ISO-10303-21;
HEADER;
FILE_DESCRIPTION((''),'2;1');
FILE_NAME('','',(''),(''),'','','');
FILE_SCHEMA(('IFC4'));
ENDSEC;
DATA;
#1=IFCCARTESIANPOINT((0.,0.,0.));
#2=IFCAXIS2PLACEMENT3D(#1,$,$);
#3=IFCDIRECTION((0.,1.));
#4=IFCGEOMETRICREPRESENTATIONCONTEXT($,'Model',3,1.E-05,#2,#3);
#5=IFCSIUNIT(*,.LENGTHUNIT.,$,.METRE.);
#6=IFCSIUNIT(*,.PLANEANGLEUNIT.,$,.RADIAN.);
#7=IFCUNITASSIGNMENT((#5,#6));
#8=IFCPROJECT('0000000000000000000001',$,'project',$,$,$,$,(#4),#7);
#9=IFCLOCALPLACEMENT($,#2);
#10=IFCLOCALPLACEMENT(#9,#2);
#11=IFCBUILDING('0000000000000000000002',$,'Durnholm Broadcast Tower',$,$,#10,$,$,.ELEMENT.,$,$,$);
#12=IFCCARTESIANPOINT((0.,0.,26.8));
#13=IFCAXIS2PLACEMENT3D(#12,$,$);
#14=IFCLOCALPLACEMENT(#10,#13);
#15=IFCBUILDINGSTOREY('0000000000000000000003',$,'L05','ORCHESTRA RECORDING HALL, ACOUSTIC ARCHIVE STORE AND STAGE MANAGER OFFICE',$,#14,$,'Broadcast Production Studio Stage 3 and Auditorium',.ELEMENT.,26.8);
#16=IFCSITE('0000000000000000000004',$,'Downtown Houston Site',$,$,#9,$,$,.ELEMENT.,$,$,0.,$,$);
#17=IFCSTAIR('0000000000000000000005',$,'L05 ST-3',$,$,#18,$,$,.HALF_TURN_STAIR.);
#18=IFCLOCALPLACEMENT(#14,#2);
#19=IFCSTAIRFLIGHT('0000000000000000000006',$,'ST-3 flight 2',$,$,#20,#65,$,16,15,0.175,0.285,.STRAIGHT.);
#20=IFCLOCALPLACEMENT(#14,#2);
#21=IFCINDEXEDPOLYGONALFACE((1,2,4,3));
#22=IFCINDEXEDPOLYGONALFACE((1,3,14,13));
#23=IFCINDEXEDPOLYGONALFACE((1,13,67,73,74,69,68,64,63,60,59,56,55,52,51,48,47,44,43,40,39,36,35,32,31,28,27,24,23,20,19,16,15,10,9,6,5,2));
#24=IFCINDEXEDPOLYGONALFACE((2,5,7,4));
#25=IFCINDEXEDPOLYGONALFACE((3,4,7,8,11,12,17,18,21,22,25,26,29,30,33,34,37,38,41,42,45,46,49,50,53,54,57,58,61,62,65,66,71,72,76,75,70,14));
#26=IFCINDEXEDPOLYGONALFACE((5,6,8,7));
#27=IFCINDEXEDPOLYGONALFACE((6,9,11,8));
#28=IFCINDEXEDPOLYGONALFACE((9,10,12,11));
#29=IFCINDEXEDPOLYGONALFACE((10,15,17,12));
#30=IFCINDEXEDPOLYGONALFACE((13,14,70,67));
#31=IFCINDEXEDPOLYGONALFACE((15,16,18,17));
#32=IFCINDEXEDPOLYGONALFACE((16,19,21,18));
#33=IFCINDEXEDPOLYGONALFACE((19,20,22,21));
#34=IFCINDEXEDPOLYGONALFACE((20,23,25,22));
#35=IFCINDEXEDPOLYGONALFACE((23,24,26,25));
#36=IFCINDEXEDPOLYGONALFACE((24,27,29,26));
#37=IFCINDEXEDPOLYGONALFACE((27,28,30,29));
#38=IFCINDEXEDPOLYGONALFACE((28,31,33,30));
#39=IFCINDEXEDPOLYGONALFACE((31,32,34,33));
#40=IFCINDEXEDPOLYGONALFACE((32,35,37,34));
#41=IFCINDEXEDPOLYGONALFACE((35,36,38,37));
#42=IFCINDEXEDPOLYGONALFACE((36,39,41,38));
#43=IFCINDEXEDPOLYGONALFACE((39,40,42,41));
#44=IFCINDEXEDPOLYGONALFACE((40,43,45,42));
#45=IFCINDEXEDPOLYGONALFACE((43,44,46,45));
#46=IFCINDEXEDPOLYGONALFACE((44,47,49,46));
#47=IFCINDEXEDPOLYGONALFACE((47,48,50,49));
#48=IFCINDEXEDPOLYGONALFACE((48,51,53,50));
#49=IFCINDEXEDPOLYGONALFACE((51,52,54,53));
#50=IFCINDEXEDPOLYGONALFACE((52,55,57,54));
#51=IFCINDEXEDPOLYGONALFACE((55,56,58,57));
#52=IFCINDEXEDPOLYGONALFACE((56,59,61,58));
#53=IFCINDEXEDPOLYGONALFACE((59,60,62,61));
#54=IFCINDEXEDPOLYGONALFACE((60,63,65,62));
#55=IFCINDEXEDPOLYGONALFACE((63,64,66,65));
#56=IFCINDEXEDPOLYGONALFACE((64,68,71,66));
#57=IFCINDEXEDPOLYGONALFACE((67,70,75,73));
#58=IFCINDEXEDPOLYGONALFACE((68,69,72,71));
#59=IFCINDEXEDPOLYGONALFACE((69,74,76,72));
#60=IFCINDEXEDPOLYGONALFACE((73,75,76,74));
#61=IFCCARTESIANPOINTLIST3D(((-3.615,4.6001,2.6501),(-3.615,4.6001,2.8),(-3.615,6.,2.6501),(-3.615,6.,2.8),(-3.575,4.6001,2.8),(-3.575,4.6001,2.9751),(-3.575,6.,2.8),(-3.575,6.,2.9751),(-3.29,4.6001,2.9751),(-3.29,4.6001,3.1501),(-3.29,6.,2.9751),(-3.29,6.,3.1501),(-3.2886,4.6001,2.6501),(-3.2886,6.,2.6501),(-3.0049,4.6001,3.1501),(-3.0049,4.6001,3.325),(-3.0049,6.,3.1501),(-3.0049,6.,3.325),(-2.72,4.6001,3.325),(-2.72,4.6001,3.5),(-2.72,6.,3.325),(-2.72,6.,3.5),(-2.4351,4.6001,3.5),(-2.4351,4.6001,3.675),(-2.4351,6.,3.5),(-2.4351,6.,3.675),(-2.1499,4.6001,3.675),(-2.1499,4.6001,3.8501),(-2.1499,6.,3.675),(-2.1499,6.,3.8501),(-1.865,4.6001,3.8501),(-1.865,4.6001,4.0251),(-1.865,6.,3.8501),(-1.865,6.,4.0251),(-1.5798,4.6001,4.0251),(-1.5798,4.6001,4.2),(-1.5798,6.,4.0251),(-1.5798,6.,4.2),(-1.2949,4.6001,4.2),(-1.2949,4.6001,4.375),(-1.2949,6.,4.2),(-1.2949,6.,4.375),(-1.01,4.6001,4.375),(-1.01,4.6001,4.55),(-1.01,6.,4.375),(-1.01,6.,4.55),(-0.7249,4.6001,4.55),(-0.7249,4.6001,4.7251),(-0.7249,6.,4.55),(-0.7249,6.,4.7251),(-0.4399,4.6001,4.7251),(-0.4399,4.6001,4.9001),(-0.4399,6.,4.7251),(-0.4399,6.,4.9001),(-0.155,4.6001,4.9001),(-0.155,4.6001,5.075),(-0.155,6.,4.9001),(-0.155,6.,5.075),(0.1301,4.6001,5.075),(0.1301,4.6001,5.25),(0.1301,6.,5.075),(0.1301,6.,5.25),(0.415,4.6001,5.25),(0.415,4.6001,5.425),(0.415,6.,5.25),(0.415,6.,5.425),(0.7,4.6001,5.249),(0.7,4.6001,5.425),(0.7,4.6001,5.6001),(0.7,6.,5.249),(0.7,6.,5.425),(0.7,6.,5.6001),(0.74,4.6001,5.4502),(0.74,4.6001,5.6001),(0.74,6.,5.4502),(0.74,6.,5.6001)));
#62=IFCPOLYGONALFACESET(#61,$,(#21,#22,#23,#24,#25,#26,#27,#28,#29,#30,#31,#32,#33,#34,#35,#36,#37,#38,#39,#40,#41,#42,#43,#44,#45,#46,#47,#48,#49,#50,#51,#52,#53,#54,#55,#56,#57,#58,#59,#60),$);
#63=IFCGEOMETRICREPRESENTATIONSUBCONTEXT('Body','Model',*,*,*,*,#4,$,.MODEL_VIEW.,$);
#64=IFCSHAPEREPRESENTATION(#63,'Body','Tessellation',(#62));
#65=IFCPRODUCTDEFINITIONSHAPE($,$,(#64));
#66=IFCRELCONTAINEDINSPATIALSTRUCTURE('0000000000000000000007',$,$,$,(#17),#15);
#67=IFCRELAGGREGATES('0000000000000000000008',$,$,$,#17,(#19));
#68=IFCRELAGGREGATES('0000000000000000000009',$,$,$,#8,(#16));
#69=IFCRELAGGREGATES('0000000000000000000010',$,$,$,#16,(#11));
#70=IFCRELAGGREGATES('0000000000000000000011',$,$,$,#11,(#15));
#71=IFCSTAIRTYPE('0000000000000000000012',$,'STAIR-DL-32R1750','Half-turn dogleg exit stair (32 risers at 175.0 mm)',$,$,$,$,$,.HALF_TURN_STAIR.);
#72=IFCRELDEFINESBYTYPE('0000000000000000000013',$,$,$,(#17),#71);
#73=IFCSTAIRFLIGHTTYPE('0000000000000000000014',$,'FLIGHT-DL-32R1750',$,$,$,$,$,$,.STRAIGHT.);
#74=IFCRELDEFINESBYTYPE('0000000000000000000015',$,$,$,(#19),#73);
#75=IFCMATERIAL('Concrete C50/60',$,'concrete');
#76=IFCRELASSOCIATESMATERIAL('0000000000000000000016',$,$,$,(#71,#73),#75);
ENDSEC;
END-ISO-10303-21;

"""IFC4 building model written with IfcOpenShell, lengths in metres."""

from ifc_helpers import new_model, si_unit, direction, frame, origin, place, context, subcontext, project, spatial, polyline, outline, extrude, material, type_object, element, aggregate, save


model = new_model("IFC4")

# Units and contexts
model_context = context("Model", 3, precision=1e-05, world=origin(), true_north=direction((0.0, 1.0)))
body_context = subcontext(model_context, "Body", "Model", "MODEL_VIEW")
ifc_project = project(units=[si_unit("LENGTHUNIT", "METRE"), si_unit("PLANEANGLEUNIT", "RADIAN")], contexts=[model_context])

# Site, building, storey
site_placement = place(None, origin())
site = spatial("IfcSite", under=ifc_project, at=site_placement, Name="Downtown Houston Site", CompositionType="ELEMENT", RefElevation=0.0)
building_placement = place(site_placement, origin())
building = spatial("IfcBuilding", under=site, at=building_placement, Name="Durnholm Broadcast Tower", CompositionType="ELEMENT")
storey_placement = place(building_placement, frame((0.0, 0.0, 26.8)))
storey = spatial("IfcBuildingStorey", under=building, at=storey_placement, Name="L05", Description="ORCHESTRA RECORDING HALL, ACOUSTIC ARCHIVE STORE AND STAGE MANAGER OFFICE", LongName="Broadcast Production Studio Stage 3 and Auditorium", CompositionType="ELEMENT", Elevation=26.8)

# Shared definitions
ifc_material_1 = material(Name="Concrete C50/60", Category="concrete")

# Stair, stair flight
stair_type = type_object("IfcStairType", Name="STAIR-DL-32R1750", Description="Half-turn dogleg exit stair (32 risers at 175.0 mm)", PredefinedType="HALF_TURN_STAIR", material=ifc_material_1)
stair_placement = place(storey_placement, origin())
stair = element("IfcStair", 1, at=stair_placement, inside=storey, type_object=stair_type, Name="L05 ST-3", PredefinedType="HALF_TURN_STAIR")
stair_flight_type = type_object("IfcStairFlightType", Name="FLIGHT-DL-32R1750", PredefinedType="STRAIGHT", material=ifc_material_1)
stair_flight_placement = place(storey_placement, frame((-3.575, 5.3, 2.8), z_axis=(0.0, 0.0, 1.0), x_axis=(1.0, 0.0, 0.0)))
stair_flight = element("IfcStairFlight", 2, at=stair_flight_placement, type_object=stair_flight_type, Name="ST-3 flight 2", NumberOfRisers=16, NumberOfTreads=15, PredefinedType="STRAIGHT", RiserHeight=0.175, TreadLength=0.285, context=body_context, shape_type="SweptSolid", body=[
    extrude(outline(polyline([(-0.04, -0.1499), (-0.04, 0.0), (0.0, 0.0), (0.0, 0.175), (0.2849, 0.175), (0.2849, 0.3501), (0.5701, 0.3501), (0.5701, 0.5249), (0.855, 0.5249), (0.855, 0.7), (1.1399, 0.7), (1.1399, 0.875), (1.425, 0.875), (1.425, 1.05), (1.71, 1.05), (1.71, 1.2251), (1.9951, 1.2251), (1.9951, 1.3999), (2.28, 1.3999), (2.28, 1.575), (2.5649, 1.575), (2.5649, 1.75), (2.8501, 1.75), (2.8501, 1.925), (3.135, 1.925), (3.135, 2.1001), (3.4199, 2.1001), (3.4199, 2.2749), (3.7051, 2.2749), (3.7051, 2.45), (3.99, 2.45), (3.99, 2.625), (4.2749, 2.625), (4.2749, 2.8), (4.3149, 2.8), (4.3149, 2.6501), (4.2749, 2.449), (0.2864, -0.1499), (-0.04, -0.1499)])), frame((0.0, 0.7, 0.0), z_axis=(0.0, -1.0, 0.0), x_axis=(1.0, 0.0, 0.0)), (0.0, 0.0, 1.0), 1.3999),
])
aggregate(stair, [stair_flight])

save(model, "model.ifc")
